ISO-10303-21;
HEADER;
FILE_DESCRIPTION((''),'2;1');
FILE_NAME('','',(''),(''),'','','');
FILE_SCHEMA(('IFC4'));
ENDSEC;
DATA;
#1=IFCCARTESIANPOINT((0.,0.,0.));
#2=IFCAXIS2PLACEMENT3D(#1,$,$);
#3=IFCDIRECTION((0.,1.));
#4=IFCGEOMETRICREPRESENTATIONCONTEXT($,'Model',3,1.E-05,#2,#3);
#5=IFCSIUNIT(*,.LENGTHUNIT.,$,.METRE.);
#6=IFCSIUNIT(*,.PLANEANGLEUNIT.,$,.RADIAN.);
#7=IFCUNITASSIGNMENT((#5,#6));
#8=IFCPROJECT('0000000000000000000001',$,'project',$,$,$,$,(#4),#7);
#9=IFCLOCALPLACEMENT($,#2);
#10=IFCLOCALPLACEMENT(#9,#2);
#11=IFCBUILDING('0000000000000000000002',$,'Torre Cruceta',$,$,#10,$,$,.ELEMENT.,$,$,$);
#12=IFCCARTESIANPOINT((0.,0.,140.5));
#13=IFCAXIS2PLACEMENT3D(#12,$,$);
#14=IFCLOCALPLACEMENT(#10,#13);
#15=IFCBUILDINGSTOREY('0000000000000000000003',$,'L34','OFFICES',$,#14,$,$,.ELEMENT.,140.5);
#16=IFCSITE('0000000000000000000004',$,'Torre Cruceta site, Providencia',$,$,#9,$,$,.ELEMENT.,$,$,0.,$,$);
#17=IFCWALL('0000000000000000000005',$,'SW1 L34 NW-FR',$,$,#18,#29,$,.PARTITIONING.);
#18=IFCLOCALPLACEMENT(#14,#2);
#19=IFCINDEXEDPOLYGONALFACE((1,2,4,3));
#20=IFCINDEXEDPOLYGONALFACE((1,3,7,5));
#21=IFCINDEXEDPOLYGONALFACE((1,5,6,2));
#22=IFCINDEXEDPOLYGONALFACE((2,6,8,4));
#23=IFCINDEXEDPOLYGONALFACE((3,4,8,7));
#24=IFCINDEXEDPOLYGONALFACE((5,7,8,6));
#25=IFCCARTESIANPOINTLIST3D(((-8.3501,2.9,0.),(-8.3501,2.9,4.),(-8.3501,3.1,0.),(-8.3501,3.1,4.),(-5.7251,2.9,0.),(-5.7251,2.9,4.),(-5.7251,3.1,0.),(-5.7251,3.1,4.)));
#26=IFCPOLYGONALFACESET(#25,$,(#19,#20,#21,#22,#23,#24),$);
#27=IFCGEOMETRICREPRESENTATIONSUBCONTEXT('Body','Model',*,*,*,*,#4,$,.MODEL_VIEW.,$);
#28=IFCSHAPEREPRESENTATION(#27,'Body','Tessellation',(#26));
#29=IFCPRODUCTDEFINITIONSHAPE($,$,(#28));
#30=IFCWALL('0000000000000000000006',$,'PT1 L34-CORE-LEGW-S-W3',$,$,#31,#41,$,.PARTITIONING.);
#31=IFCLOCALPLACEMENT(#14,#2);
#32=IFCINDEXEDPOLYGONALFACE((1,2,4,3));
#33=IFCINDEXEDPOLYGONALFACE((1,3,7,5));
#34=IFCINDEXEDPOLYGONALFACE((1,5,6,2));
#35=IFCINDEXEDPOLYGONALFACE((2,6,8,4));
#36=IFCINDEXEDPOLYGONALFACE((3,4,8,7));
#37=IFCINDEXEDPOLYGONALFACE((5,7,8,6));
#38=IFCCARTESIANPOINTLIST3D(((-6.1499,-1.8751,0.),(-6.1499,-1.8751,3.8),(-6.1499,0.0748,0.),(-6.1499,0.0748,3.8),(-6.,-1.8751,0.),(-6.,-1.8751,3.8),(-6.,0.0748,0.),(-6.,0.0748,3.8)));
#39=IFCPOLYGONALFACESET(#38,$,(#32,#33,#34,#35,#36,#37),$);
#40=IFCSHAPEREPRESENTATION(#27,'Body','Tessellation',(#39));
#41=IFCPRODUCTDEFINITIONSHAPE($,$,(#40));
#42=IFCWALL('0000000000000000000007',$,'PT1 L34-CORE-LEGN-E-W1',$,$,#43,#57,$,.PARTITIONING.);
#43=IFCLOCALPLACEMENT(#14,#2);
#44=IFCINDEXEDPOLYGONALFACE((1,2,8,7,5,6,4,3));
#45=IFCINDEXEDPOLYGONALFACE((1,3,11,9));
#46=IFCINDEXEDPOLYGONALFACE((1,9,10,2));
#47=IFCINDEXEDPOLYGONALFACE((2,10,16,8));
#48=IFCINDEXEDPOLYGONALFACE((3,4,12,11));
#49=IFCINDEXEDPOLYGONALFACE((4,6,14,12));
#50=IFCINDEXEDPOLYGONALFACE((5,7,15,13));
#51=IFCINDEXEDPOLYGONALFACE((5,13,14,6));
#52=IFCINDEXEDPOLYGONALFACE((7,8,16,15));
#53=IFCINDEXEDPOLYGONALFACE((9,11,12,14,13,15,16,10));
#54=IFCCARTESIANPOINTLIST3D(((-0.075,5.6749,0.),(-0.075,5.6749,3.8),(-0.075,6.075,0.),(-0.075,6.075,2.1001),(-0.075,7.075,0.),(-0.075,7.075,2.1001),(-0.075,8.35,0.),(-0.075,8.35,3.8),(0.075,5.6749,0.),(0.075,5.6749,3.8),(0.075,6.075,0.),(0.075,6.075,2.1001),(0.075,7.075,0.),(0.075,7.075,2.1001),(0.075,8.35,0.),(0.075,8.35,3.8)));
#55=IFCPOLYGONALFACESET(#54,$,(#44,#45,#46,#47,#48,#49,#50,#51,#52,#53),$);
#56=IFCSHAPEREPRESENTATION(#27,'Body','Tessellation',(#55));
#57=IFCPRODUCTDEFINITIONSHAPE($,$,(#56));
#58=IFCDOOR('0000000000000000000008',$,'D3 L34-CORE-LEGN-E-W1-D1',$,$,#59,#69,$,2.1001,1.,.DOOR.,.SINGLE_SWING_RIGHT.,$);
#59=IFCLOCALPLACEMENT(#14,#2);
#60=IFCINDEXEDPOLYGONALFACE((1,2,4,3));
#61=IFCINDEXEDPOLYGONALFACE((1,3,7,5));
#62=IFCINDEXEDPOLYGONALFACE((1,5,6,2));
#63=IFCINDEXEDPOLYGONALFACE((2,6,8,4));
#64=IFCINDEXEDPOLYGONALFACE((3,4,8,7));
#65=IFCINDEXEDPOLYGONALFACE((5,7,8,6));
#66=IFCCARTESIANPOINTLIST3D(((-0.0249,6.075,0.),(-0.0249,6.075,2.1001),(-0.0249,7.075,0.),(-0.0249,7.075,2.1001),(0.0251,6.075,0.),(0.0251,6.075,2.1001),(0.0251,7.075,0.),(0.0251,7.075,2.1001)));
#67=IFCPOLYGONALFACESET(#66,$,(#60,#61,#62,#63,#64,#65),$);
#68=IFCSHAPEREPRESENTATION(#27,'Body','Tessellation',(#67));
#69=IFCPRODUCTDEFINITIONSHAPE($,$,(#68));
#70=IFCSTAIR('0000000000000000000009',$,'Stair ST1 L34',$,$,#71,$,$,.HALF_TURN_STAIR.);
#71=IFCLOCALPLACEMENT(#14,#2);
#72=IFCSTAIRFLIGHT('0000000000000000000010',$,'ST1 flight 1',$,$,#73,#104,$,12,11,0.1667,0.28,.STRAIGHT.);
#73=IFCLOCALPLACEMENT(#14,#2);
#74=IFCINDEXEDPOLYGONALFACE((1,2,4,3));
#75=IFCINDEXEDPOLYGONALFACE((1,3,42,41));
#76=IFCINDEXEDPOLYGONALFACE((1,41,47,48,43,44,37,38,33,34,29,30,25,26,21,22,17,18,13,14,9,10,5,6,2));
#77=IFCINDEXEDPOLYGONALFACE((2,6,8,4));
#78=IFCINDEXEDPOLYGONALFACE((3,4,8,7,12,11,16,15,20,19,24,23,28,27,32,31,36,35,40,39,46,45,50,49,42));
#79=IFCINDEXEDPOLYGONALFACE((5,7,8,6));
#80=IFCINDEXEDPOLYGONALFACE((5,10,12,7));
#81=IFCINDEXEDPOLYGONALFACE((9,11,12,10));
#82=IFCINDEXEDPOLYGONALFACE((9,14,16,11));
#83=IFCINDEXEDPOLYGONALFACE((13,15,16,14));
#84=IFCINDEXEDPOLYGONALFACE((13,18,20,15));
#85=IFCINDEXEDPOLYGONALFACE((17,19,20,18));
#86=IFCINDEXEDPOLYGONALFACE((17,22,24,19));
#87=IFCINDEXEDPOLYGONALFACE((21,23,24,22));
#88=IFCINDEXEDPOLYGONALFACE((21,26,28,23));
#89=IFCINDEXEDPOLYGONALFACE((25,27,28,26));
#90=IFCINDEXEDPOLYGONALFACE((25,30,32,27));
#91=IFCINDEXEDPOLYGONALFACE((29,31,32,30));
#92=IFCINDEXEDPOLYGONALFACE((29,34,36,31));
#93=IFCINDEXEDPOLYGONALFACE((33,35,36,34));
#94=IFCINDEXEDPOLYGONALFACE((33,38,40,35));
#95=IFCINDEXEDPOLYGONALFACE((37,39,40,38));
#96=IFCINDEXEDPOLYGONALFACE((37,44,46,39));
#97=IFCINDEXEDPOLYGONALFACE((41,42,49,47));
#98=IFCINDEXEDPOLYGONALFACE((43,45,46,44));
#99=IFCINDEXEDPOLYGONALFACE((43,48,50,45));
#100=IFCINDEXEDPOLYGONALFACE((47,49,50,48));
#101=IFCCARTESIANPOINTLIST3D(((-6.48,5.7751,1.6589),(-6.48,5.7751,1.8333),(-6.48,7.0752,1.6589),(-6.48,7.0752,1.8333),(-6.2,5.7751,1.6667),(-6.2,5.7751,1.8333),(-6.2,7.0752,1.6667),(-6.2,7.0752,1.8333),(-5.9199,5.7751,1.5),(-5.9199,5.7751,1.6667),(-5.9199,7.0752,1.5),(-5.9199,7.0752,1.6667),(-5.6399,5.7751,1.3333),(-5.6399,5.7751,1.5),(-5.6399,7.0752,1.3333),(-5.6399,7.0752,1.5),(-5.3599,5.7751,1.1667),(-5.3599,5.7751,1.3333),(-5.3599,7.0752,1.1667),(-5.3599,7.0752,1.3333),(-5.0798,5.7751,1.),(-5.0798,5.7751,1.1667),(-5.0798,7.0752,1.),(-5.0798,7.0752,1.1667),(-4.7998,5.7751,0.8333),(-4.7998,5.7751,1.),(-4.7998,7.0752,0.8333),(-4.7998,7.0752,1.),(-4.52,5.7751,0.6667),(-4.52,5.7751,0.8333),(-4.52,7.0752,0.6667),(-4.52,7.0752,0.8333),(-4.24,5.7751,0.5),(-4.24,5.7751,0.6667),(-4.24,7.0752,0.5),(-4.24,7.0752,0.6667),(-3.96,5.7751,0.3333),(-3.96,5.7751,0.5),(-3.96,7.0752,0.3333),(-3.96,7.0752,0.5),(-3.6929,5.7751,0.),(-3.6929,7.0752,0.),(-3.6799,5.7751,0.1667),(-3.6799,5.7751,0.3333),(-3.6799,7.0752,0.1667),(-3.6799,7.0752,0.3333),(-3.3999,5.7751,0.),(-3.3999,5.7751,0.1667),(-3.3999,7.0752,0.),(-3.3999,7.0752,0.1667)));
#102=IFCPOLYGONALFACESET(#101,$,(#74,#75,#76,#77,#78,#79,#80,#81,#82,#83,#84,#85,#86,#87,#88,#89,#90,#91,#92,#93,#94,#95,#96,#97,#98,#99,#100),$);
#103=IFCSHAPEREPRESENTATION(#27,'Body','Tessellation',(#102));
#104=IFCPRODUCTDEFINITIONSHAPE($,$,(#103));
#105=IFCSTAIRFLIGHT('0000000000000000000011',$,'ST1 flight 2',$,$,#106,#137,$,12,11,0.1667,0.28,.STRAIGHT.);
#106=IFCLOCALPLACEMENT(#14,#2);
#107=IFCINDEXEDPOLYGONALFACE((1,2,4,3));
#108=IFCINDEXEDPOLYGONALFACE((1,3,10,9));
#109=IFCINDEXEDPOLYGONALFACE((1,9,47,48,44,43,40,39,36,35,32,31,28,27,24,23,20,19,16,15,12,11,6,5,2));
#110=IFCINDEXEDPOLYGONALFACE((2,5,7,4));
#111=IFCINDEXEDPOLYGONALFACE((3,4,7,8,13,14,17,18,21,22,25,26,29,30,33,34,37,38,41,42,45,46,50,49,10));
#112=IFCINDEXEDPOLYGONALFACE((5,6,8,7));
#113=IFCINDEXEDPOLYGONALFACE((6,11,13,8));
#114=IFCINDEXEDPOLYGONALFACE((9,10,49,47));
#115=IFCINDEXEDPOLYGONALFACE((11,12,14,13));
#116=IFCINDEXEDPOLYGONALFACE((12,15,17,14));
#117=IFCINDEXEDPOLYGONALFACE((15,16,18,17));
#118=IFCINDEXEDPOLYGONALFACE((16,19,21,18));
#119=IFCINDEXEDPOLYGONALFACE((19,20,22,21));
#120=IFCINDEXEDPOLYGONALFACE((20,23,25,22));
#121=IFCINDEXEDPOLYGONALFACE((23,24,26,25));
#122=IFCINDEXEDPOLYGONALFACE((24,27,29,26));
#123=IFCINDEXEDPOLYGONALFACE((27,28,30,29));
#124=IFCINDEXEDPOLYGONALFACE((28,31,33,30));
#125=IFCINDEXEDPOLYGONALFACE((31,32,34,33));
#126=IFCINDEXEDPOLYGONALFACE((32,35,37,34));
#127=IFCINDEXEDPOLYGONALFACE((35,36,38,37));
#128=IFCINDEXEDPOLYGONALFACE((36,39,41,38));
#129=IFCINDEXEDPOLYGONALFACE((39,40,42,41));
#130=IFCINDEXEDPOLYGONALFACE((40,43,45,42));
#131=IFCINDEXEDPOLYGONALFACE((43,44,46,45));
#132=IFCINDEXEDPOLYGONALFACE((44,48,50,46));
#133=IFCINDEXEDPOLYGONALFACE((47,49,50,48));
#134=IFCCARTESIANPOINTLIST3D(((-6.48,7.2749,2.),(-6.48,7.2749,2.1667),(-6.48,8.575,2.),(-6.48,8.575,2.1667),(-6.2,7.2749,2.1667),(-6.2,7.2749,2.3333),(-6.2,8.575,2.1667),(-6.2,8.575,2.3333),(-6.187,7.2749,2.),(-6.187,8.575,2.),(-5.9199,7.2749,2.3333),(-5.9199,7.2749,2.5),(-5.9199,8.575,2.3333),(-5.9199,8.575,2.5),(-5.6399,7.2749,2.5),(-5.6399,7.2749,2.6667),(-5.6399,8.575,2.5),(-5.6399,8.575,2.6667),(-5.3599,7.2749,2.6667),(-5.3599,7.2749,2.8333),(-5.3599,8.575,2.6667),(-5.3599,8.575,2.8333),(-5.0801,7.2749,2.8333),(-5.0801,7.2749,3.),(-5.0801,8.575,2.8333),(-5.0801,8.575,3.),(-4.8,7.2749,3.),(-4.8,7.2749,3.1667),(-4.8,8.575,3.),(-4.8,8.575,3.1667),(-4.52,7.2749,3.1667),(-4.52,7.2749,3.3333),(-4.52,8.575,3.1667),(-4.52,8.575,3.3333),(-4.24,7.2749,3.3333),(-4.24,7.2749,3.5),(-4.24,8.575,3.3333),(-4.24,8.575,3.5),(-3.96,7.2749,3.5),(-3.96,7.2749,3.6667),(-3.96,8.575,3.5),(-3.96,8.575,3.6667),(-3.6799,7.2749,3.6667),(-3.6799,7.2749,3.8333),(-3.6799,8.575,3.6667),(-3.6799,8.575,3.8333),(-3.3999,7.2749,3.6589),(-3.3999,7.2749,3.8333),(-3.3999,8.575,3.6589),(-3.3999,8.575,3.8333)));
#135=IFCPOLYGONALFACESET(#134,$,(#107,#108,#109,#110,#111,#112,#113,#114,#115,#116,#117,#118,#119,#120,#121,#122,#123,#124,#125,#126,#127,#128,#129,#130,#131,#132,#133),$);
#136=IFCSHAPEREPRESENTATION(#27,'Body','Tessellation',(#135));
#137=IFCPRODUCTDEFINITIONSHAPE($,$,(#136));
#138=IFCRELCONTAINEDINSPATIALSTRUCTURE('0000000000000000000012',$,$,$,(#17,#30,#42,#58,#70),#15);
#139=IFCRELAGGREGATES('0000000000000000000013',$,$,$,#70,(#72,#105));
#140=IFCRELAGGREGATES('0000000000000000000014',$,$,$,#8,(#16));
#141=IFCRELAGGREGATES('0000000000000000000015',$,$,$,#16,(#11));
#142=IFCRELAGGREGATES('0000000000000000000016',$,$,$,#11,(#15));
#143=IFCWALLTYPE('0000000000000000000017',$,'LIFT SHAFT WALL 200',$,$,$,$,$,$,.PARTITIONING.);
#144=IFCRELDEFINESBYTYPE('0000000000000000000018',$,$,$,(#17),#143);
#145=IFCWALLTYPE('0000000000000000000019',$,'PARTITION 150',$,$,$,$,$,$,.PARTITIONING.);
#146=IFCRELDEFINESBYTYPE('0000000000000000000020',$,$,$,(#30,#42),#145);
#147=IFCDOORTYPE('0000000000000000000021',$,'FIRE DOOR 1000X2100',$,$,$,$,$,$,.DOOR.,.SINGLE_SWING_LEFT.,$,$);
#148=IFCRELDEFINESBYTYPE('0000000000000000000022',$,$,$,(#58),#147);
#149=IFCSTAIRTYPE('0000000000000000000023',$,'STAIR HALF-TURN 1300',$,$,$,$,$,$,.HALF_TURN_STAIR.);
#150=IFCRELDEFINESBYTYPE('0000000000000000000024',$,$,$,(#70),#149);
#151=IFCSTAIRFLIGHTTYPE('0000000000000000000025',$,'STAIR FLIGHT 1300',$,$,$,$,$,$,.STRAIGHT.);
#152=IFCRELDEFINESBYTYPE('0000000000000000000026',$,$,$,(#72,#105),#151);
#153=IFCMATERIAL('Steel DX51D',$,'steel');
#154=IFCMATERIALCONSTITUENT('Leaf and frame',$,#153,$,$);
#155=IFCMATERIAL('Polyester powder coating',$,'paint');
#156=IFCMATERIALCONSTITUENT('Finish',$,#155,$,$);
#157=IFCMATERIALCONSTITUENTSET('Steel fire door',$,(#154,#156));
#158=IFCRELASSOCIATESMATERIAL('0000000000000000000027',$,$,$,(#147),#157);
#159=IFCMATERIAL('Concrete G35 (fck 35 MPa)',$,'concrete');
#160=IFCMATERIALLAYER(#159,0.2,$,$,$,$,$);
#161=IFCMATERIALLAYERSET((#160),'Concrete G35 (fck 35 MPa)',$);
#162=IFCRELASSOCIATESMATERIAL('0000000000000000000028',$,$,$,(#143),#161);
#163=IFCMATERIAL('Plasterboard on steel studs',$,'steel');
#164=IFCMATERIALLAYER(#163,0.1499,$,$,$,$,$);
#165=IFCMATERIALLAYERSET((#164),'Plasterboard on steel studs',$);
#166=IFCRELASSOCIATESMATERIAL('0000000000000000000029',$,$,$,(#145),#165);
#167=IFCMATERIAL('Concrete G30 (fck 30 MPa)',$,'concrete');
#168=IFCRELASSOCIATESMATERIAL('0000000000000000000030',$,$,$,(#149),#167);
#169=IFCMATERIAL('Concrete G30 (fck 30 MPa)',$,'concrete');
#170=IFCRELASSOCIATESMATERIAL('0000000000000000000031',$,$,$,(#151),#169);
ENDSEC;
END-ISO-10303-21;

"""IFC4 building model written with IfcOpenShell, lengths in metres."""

from ifc_helpers import new_model, si_unit, direction, frame, frame_2d, origin, place, context, subcontext, project, spatial, polyline, rectangle, outline, extrude, material, layer, layer_set, constituent, constituent_set, type_object, element, fill, aggregate, save


model = new_model("IFC4")

# Units and contexts
model_context = context("Model", 3, precision=1e-05, world=origin(), true_north=direction((0.0, 1.0)))
body_context = subcontext(model_context, "Body", "Model", "MODEL_VIEW")
ifc_project = project(units=[si_unit("LENGTHUNIT", "METRE"), si_unit("PLANEANGLEUNIT", "RADIAN")], contexts=[model_context])

# Site, building, storey
site_placement = place(None, origin())
site = spatial("IfcSite", under=ifc_project, at=site_placement, Name="Torre Cruceta site, Providencia", CompositionType="ELEMENT", RefElevation=0.0)
building_placement = place(site_placement, origin())
building = spatial("IfcBuilding", under=site, at=building_placement, Name="Torre Cruceta", CompositionType="ELEMENT")
storey_placement = place(building_placement, frame((0.0, 0.0, 140.5)))
storey = spatial("IfcBuildingStorey", under=building, at=storey_placement, Name="L34", Description="OFFICES", CompositionType="ELEMENT", Elevation=140.5)

# Shared definitions
ifc_material_1 = material(Name="Steel DX51D", Category="steel")
ifc_constituent_1 = constituent(ifc_material_1, Name="Leaf and frame")
ifc_material_2 = material(Name="Polyester powder coating", Category="paint")
ifc_constituent_2 = constituent(ifc_material_2, Name="Finish")
ifc_constituent_set_1 = constituent_set(constituents=[ifc_constituent_1, ifc_constituent_2], Name="Steel fire door")
door_type_1 = type_object("IfcDoorType", Name="FIRE DOOR 1000X2100", OperationType="SINGLE_SWING_LEFT", PredefinedType="DOOR", material=ifc_constituent_set_1)

# Walls
ifc_material_3 = material(Name="Concrete G35 (fck 35 MPa)", Category="concrete")
ifc_layer_1 = layer(ifc_material_3, 0.2)
ifc_layer_set_1 = layer_set([ifc_layer_1], Name="Concrete G35 (fck 35 MPa)")
wall_type_1 = type_object("IfcWallType", Name="LIFT SHAFT WALL 200", PredefinedType="PARTITIONING", material=ifc_layer_set_1)
wall_1_placement = place(storey_placement, frame((-5.7251, 3.0, 0.0), z_axis=(0.0, 0.0, 1.0), x_axis=(-1.0, 0.0, 0.0)))
element("IfcWall", 1, at=wall_1_placement, inside=storey, type_object=wall_type_1, Name="SW1 L34 NW-FR", PredefinedType="PARTITIONING", context=body_context, shape_type="SweptSolid", body=[
    extrude(rectangle(XDim=2.625, YDim=0.2, at=frame_2d((1.3125, 0.0))), origin(), (0.0, 0.0, 1.0), 4.0),
])
ifc_material_4 = material(Name="Plasterboard on steel studs", Category="steel")
ifc_layer_2 = layer(ifc_material_4, 0.1499)
ifc_layer_set_2 = layer_set([ifc_layer_2], Name="Plasterboard on steel studs")
wall_type_2 = type_object("IfcWallType", Name="PARTITION 150", PredefinedType="PARTITIONING", material=ifc_layer_set_2)
wall_2_placement = place(storey_placement, frame((-6.075, 0.075, 0.0), z_axis=(0.0, 0.0, 1.0), x_axis=(0.0, -1.0, 0.0)))
element("IfcWall", 2, at=wall_2_placement, inside=storey, type_object=wall_type_2, Name="PT1 L34-CORE-LEGW-S-W3", PredefinedType="PARTITIONING", context=body_context, shape_type="SweptSolid", body=[
    extrude(rectangle(XDim=1.95, YDim=0.1499, at=frame_2d((0.9751, 0.0))), origin(), (0.0, 0.0, 1.0), 3.8),
])

# Wall, opening, door
wall_3_placement = place(storey_placement, frame((0.0, 5.675, 0.0), z_axis=(0.0, 0.0, 1.0), x_axis=(0.0, 1.0, 0.0)))
wall_3 = element("IfcWall", 3, at=wall_3_placement, inside=storey, type_object=wall_type_2, Name="PT1 L34-CORE-LEGN-E-W1", PredefinedType="PARTITIONING", context=body_context, shape_type="SweptSolid", body=[
    extrude(rectangle(XDim=2.675, YDim=0.1499, at=frame_2d((1.3374, 0.0))), origin(), (0.0, 0.0, 1.0), 3.8),
])
opening_1_placement = place(wall_3_placement, frame((0.3999, 0.0, 0.0)))
opening_1 = element("IfcOpeningElement", 4, at=opening_1_placement, cuts=wall_3, PredefinedType="OPENING", context=body_context, shape_type="SweptSolid", body=[
    extrude(rectangle(XDim=1.0, YDim=2.1001, at=frame_2d((0.5, 1.05))), frame((0.0, 0.085, 0.0), z_axis=(0.0, -1.0, 0.0), x_axis=(1.0, 0.0, 0.0)), (0.0, 0.0, 1.0), 0.1699),
])
door_1_placement = place(opening_1_placement, frame((1.0, 0.0, 0.0), z_axis=(0.0, 0.0, 1.0), x_axis=(-1.0, 0.0, 0.0)))
door_1 = element("IfcDoor", 5, at=door_1_placement, inside=storey, type_object=door_type_1, Name="D3 L34-CORE-LEGN-E-W1-D1", OperationType="SINGLE_SWING_RIGHT", OverallHeight=2.1001, OverallWidth=1.0, PredefinedType="DOOR", context=body_context, shape_type="SweptSolid", body=[
    extrude(rectangle(XDim=1.0, YDim=2.1001, at=frame_2d((0.5, 1.05))), frame((0.0, 0.0251, 0.0), z_axis=(0.0, -1.0, 0.0), x_axis=(1.0, 0.0, 0.0)), (0.0, 0.0, 1.0), 0.05),
])
fill(opening_1, door_1)

# Stair, stair flights
ifc_material_5 = material(Name="Concrete G30 (fck 30 MPa)", Category="concrete")
stair_type = type_object("IfcStairType", Name="STAIR HALF-TURN 1300", PredefinedType="HALF_TURN_STAIR", material=ifc_material_5)
stair_placement = place(storey_placement, origin())
stair = element("IfcStair", 6, at=stair_placement, inside=storey, type_object=stair_type, Name="Stair ST1 L34", PredefinedType="HALF_TURN_STAIR")
ifc_material_6 = material(Name="Concrete G30 (fck 30 MPa)", Category="concrete")
stair_flight_type = type_object("IfcStairFlightType", Name="STAIR FLIGHT 1300", PredefinedType="STRAIGHT", material=ifc_material_6)
stair_flight_1_placement = place(storey_placement, frame((-3.3999, 6.425, 0.0), z_axis=(0.0, 0.0, 1.0), x_axis=(-1.0, 0.0, 0.0)))
stair_flight_1 = element("IfcStairFlight", 7, at=stair_flight_1_placement, type_object=stair_flight_type, Name="ST1 flight 1", NumberOfRisers=12, NumberOfTreads=11, PredefinedType="STRAIGHT", RiserHeight=0.1667, TreadLength=0.28, context=body_context, shape_type="SweptSolid", body=[
    extrude(outline(polyline([(0.0, 0.0), (0.0, 0.1667), (0.28, 0.1667), (0.28, 0.3333), (0.5601, 0.3333), (0.5601, 0.5), (0.8401, 0.5), (0.8401, 0.6667), (1.1201, 0.6667), (1.1201, 0.8333), (1.3999, 0.8333), (1.3999, 1.0), (1.6799, 1.0), (1.6799, 1.1667), (1.96, 1.1667), (1.96, 1.3333), (2.24, 1.3333), (2.24, 1.5), (2.52, 1.5), (2.52, 1.6667), (2.8, 1.6667), (2.8, 1.8333), (3.0801, 1.8333), (3.0801, 2.0), (3.0801, 1.6589), (0.293, 0.0), (0.0, 0.0)])), frame((0.0, 0.6499, 0.0), z_axis=(0.0, -1.0, 0.0), x_axis=(1.0, 0.0, 0.0)), (0.0, 0.0, 1.0), 1.3),
])
stair_flight_2_placement = place(storey_placement, frame((-6.48, 7.925, 2.0), z_axis=(0.0, 0.0, 1.0), x_axis=(1.0, 0.0, 0.0)))
stair_flight_2 = element("IfcStairFlight", 8, at=stair_flight_2_placement, type_object=stair_flight_type, Name="ST1 flight 2", NumberOfRisers=12, NumberOfTreads=11, PredefinedType="STRAIGHT", RiserHeight=0.1667, TreadLength=0.28, context=body_context, shape_type="SweptSolid", body=[
    extrude(outline(polyline([(0.0, 0.0), (0.0, 0.1667), (0.28, 0.1667), (0.28, 0.3333), (0.5601, 0.3333), (0.5601, 0.5), (0.8401, 0.5), (0.8401, 0.6667), (1.1201, 0.6667), (1.1201, 0.8333), (1.3999, 0.8333), (1.3999, 1.0), (1.6799, 1.0), (1.6799, 1.1667), (1.96, 1.1667), (1.96, 1.3333), (2.24, 1.3333), (2.24, 1.5), (2.52, 1.5), (2.52, 1.6667), (2.8, 1.6667), (2.8, 1.8333), (3.0801, 1.8333), (3.0801, 2.0), (3.0801, 1.6589), (0.293, 0.0), (0.0, 0.0)])), frame((0.0, 0.6499, 0.0), z_axis=(0.0, -1.0, 0.0), x_axis=(1.0, 0.0, 0.0)), (0.0, 0.0, 1.0), 1.3),
])
aggregate(stair, [stair_flight_1, stair_flight_2])

save(model, "model.ifc")
